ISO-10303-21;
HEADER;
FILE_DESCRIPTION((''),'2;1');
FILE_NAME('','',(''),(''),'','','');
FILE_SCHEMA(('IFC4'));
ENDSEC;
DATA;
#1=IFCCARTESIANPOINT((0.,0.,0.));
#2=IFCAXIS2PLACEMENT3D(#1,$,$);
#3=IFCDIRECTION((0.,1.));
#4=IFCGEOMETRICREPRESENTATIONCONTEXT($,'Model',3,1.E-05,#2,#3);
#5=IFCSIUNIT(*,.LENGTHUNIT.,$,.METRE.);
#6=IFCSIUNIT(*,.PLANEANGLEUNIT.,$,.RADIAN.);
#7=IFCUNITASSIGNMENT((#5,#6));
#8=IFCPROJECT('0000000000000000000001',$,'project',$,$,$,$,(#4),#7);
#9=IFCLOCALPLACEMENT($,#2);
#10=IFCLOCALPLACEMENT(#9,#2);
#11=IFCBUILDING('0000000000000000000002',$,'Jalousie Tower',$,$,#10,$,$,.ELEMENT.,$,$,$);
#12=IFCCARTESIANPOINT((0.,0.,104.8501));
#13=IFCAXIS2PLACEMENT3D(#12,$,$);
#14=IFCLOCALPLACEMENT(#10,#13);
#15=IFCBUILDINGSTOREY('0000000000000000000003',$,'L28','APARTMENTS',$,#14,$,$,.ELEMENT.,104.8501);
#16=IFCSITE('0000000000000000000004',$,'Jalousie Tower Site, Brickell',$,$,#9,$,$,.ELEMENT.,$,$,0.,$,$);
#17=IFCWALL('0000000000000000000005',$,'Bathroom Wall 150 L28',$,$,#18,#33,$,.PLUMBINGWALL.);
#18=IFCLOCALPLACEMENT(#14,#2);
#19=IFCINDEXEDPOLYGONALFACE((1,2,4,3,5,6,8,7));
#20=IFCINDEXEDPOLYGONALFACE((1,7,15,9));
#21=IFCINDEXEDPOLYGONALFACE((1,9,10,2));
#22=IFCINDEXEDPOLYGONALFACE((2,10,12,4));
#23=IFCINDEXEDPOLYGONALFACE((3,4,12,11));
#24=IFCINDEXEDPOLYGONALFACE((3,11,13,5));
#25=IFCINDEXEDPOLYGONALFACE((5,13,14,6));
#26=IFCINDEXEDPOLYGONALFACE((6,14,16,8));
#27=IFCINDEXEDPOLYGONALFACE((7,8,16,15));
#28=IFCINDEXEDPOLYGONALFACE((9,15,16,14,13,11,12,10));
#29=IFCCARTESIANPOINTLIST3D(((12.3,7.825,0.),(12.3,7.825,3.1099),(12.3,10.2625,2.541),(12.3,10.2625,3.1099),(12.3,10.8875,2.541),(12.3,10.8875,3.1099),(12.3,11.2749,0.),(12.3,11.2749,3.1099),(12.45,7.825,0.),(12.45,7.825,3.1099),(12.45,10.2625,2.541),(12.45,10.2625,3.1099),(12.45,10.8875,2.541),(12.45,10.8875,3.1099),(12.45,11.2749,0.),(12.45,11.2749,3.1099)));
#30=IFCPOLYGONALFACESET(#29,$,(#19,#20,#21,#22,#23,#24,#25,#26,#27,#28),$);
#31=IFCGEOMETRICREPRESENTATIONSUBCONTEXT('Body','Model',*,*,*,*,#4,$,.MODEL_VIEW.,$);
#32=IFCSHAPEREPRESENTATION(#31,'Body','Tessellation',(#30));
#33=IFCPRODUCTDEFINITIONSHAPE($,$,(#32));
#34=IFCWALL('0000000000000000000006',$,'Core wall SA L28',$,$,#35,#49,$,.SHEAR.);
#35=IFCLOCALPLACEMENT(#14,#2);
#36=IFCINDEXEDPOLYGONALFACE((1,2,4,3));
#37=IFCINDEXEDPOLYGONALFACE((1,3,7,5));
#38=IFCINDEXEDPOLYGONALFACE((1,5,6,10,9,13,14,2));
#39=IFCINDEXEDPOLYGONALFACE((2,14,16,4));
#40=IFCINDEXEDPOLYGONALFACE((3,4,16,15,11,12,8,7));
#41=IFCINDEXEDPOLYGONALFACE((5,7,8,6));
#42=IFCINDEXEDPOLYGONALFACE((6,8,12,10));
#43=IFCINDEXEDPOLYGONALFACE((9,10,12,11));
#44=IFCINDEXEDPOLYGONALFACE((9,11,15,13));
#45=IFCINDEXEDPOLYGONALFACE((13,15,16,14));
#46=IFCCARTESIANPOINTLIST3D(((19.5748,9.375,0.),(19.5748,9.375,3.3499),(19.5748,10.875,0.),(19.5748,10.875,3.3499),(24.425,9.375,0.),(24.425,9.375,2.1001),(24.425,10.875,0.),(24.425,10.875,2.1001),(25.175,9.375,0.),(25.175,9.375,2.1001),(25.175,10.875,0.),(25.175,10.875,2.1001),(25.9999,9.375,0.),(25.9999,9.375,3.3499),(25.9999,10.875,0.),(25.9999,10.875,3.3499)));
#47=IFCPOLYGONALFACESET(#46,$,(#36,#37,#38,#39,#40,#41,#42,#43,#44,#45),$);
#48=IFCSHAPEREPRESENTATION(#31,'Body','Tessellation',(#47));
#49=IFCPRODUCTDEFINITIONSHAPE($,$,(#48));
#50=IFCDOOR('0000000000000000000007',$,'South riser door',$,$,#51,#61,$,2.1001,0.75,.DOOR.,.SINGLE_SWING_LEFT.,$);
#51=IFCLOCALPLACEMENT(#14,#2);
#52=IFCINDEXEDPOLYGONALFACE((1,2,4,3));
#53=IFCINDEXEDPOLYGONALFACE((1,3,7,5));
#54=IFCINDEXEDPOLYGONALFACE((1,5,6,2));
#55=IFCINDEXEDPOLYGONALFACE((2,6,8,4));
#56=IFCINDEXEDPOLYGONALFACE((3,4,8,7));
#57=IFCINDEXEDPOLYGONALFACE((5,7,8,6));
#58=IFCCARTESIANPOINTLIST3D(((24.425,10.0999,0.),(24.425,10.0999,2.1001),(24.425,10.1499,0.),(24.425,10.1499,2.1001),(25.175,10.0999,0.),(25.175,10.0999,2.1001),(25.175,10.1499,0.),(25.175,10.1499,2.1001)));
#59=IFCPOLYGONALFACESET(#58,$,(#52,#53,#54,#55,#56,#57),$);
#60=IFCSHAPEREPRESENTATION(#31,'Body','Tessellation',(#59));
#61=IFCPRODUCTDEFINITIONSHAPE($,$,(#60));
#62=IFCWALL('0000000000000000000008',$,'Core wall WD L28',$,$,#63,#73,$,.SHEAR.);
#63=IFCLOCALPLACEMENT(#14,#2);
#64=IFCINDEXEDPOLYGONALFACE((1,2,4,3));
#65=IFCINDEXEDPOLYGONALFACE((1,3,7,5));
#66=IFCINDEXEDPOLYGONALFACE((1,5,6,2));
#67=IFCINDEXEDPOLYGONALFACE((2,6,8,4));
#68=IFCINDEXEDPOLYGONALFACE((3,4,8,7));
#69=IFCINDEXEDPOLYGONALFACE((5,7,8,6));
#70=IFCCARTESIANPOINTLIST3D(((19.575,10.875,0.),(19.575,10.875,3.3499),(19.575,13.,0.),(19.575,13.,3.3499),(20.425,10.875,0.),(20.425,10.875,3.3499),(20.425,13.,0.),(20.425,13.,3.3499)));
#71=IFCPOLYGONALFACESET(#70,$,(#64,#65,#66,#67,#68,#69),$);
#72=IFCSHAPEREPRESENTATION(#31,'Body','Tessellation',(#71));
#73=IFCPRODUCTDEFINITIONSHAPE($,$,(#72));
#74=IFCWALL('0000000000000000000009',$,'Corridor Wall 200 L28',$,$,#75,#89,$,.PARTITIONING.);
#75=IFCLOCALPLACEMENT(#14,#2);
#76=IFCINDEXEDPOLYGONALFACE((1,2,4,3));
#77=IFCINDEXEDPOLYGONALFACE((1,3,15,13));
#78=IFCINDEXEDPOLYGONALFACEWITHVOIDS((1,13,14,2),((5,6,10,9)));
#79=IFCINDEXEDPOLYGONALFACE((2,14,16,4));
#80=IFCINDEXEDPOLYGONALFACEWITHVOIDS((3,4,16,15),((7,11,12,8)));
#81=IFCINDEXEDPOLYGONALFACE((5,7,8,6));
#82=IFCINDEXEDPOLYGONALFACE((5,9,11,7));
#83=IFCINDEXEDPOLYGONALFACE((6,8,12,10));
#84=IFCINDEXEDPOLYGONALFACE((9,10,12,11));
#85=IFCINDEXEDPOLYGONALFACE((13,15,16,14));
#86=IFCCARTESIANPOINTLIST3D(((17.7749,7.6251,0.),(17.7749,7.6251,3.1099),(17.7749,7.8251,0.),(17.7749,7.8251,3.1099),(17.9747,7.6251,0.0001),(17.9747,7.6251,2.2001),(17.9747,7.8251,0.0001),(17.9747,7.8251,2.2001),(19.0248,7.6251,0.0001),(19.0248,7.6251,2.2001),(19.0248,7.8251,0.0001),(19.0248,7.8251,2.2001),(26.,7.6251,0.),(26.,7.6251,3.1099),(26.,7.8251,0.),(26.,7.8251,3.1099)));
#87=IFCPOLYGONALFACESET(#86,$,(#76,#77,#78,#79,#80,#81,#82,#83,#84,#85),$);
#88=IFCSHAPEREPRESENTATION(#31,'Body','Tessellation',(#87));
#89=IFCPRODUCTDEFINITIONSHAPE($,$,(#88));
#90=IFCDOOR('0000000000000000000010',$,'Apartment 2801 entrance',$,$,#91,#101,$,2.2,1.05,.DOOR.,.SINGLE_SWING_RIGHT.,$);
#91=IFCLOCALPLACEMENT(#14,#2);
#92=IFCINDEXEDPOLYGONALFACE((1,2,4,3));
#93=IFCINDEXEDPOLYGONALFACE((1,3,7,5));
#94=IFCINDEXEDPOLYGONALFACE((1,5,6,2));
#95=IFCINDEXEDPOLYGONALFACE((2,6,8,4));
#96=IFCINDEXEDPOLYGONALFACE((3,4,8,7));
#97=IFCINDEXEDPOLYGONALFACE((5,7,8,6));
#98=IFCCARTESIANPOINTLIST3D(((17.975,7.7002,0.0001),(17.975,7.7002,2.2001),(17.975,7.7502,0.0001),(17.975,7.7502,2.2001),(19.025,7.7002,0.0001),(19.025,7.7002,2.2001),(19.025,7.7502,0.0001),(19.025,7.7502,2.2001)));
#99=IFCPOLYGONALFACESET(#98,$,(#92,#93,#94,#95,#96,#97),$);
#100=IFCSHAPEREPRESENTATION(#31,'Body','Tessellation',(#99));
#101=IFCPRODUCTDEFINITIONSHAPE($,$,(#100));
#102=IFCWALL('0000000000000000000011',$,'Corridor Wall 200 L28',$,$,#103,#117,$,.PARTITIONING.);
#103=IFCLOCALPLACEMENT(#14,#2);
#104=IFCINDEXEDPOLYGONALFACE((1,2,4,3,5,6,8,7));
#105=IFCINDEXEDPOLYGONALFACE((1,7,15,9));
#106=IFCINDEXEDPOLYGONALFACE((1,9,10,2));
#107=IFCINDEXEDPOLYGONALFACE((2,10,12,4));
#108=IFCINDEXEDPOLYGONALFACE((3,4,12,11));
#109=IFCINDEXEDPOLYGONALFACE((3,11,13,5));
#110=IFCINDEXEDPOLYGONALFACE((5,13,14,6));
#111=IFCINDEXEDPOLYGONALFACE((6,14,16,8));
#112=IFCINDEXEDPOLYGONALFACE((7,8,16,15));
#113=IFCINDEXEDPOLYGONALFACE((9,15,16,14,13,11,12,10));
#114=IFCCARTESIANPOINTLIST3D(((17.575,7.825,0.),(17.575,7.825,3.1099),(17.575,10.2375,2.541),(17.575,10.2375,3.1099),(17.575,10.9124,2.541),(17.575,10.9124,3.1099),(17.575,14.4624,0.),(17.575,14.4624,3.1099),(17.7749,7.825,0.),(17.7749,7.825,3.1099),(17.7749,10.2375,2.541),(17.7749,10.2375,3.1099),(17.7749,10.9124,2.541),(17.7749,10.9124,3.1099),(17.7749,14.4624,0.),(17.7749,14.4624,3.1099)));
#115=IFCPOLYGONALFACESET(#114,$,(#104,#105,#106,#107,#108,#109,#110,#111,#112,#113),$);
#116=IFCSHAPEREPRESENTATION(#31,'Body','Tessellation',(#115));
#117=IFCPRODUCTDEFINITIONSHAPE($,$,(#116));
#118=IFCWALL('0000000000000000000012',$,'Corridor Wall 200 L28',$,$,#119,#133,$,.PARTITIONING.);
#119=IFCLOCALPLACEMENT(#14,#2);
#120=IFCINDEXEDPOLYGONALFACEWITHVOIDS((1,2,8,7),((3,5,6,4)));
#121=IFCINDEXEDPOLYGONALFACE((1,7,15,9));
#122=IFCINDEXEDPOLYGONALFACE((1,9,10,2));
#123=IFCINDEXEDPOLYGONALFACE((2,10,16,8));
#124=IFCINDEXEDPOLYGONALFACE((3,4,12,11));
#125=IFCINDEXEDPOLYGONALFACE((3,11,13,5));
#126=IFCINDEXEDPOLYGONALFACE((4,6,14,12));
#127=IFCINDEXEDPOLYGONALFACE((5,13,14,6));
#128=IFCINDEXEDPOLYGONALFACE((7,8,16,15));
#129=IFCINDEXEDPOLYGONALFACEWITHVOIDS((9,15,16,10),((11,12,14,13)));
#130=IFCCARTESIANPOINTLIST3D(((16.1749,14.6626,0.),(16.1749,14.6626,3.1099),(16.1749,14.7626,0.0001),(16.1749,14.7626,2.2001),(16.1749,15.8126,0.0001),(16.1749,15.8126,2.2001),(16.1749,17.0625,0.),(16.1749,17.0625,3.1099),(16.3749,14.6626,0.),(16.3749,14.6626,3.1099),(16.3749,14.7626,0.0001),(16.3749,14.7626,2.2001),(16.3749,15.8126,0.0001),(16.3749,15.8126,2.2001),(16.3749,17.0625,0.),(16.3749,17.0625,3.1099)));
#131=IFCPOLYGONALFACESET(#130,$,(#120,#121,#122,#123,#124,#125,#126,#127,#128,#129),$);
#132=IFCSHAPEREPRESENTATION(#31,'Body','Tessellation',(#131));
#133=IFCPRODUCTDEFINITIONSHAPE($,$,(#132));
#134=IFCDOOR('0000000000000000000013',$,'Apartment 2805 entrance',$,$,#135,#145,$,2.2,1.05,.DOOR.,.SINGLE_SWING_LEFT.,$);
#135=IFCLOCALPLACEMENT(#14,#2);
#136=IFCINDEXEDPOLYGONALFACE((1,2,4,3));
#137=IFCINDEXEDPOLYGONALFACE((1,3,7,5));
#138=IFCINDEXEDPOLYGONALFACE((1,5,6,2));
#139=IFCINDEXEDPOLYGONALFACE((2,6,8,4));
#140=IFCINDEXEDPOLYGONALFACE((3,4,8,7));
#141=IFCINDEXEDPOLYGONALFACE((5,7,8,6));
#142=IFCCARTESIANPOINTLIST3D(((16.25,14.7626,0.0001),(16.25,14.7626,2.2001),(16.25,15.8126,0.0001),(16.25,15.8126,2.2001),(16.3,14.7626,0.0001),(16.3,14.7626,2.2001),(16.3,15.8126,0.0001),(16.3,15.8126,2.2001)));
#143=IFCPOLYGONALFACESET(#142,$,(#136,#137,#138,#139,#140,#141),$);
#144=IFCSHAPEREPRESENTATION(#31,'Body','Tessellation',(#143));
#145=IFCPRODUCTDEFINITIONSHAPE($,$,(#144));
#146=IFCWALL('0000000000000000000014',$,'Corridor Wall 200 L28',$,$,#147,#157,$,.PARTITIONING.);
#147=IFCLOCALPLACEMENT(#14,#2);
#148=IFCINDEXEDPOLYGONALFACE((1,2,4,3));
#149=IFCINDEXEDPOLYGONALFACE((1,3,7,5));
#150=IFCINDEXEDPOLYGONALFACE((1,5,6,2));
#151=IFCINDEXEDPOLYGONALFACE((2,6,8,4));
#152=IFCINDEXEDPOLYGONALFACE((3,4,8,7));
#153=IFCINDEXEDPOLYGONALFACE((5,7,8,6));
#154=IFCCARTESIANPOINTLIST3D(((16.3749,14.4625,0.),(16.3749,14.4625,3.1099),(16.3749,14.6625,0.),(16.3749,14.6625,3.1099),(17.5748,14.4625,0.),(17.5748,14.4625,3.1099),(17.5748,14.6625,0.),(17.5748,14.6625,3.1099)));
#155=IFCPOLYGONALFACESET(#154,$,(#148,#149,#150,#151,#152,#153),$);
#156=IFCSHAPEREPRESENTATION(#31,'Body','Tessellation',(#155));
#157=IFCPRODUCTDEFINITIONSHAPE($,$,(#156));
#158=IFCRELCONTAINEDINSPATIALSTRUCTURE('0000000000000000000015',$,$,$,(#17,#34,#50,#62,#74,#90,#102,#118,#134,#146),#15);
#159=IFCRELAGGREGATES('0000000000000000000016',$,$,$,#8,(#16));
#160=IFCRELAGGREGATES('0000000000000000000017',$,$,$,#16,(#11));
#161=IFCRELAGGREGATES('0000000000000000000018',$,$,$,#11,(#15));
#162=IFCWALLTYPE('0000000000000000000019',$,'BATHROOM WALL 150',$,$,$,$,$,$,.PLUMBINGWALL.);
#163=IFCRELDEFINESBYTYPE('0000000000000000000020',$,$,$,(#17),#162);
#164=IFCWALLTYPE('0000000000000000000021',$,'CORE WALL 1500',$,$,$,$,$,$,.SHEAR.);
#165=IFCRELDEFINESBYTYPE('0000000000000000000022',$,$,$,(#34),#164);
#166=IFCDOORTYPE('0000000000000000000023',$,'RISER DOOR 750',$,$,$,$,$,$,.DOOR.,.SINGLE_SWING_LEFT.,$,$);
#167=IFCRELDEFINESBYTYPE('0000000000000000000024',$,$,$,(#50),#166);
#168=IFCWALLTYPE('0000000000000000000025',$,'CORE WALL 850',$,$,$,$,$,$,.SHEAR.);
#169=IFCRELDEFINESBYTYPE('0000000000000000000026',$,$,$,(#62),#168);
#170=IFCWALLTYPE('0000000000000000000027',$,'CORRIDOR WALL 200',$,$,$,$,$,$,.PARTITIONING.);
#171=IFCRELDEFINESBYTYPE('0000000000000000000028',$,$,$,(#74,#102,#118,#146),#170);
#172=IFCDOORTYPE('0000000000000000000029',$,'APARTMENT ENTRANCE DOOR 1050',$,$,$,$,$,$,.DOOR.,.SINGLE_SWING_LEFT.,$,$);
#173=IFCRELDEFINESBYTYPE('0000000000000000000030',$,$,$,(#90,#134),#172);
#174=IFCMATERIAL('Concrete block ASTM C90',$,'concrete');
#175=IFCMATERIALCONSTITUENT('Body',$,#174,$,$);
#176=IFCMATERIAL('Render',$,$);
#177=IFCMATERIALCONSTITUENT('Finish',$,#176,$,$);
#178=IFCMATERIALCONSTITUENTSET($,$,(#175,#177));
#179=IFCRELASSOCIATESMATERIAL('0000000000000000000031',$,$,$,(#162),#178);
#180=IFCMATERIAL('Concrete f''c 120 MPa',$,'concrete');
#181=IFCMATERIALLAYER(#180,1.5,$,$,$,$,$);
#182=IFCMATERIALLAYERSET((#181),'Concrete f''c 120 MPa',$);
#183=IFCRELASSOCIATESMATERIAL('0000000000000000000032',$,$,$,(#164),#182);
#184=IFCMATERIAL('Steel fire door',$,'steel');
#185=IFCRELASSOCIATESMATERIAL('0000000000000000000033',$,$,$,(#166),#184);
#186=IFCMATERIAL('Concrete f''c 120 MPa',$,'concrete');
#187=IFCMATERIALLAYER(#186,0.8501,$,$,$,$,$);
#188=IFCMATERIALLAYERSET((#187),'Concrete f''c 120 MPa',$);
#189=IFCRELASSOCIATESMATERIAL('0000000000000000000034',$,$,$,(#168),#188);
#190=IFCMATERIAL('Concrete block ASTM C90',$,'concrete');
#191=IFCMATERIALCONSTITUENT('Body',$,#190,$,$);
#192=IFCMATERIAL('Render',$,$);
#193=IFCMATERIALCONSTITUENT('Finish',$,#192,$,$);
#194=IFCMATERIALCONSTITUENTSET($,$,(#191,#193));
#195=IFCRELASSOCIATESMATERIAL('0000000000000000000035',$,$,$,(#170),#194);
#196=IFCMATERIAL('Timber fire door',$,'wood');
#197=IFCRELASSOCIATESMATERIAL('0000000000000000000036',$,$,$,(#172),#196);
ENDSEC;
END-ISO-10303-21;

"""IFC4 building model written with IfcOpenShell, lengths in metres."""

from ifc_helpers import new_model, si_unit, direction, frame, frame_2d, origin, place, context, subcontext, project, spatial, polyline, rectangle, outline, extrude, material, layer, layer_set, constituent, constituent_set, type_object, element, fill, save


model = new_model("IFC4")

# Units and contexts
model_context = context("Model", 3, precision=1e-05, world=origin(), true_north=direction((0.0, 1.0)))
body_context = subcontext(model_context, "Body", "Model", "MODEL_VIEW")
ifc_project = project(units=[si_unit("LENGTHUNIT", "METRE"), si_unit("PLANEANGLEUNIT", "RADIAN")], contexts=[model_context])

# Site, building, storey
site_placement = place(None, origin())
site = spatial("IfcSite", under=ifc_project, at=site_placement, Name="Jalousie Tower Site, Brickell", CompositionType="ELEMENT", RefElevation=0.0)
building_placement = place(site_placement, origin())
building = spatial("IfcBuilding", under=site, at=building_placement, Name="Jalousie Tower", CompositionType="ELEMENT")
storey_placement = place(building_placement, frame((0.0, 0.0, 104.8501)))
storey = spatial("IfcBuildingStorey", under=building, at=storey_placement, Name="L28", Description="APARTMENTS", CompositionType="ELEMENT", Elevation=104.8501)

# Wall
ifc_material_1 = material(Name="Concrete block ASTM C90", Category="concrete")
ifc_constituent_1 = constituent(ifc_material_1, Name="Body")
ifc_material_2 = material(Name="Render")
ifc_constituent_2 = constituent(ifc_material_2, Name="Finish")
ifc_constituent_set_1 = constituent_set(constituents=[ifc_constituent_1, ifc_constituent_2])
wall_type_1 = type_object("IfcWallType", Name="BATHROOM WALL 150", PredefinedType="PLUMBINGWALL", material=ifc_constituent_set_1)
wall_1_placement = place(storey_placement, frame((12.375, 7.825, 0.0), z_axis=(0.0, 0.0, 1.0), x_axis=(0.0, 1.0, 0.0)))
element("IfcWall", 1, at=wall_1_placement, inside=storey, type_object=wall_type_1, Name="Bathroom Wall 150 L28", PredefinedType="PLUMBINGWALL", context=body_context, shape_type="SweptSolid", body=[
    extrude(outline(polyline([(0.0, 0.0), (3.45, 0.0), (3.45, 3.1099), (3.0625, 3.1099), (3.0625, 2.541), (2.4375, 2.541), (2.4375, 3.1099), (0.0, 3.1099), (0.0, 0.0)])), frame((0.0, 0.075, 0.0), z_axis=(0.0, -1.0, 0.0), x_axis=(1.0, 0.0, 0.0)), (0.0, 0.0, 1.0), 0.1499),
])

# Wall, opening, door
ifc_material_3 = material(Name="Concrete f'c 120 MPa", Category="concrete")
ifc_layer_1 = layer(ifc_material_3, 1.5)
ifc_layer_set_1 = layer_set([ifc_layer_1], Name="Concrete f'c 120 MPa")
wall_type_2 = type_object("IfcWallType", Name="CORE WALL 1500", PredefinedType="SHEAR", material=ifc_layer_set_1)
wall_2_placement = place(storey_placement, frame((19.575, 10.125, 0.0), z_axis=(0.0, 0.0, 1.0), x_axis=(1.0, 0.0, 0.0)))
wall_2 = element("IfcWall", 2, at=wall_2_placement, inside=storey, type_object=wall_type_2, Name="Core wall SA L28", PredefinedType="SHEAR", context=body_context, shape_type="SweptSolid", body=[
    extrude(rectangle(XDim=6.425, YDim=1.5, at=frame_2d((3.2124, 0.0))), origin(), (0.0, 0.0, 1.0), 3.3499),
])
opening_1_placement = place(wall_2_placement, frame((4.8501, 0.0, 0.0)))
opening_1 = element("IfcOpeningElement", 3, at=opening_1_placement, cuts=wall_2, PredefinedType="OPENING", context=body_context, shape_type="SweptSolid", body=[
    extrude(rectangle(XDim=0.75, YDim=2.1001, at=frame_2d((0.375, 1.05))), frame((0.0, 0.76, 0.0), z_axis=(0.0, -1.0, 0.0), x_axis=(1.0, 0.0, 0.0)), (0.0, 0.0, 1.0), 1.52),
])
ifc_material_4 = material(Name="Steel fire door", Category="steel")
door_type_1 = type_object("IfcDoorType", Name="RISER DOOR 750", OperationType="SINGLE_SWING_LEFT", PredefinedType="DOOR", material=ifc_material_4)
door_1_placement = place(opening_1_placement, origin())
door_1 = element("IfcDoor", 4, at=door_1_placement, inside=storey, type_object=door_type_1, Name="South riser door", OperationType="SINGLE_SWING_LEFT", OverallHeight=2.1001, OverallWidth=0.75, PredefinedType="DOOR", context=body_context, shape_type="SweptSolid", body=[
    extrude(rectangle(XDim=0.75, YDim=2.1001, at=frame_2d((0.375, 1.05))), frame((0.0, 0.0249, 0.0), z_axis=(0.0, -1.0, 0.0), x_axis=(1.0, 0.0, 0.0)), (0.0, 0.0, 1.0), 0.05),
])
fill(opening_1, door_1)

# Wall
ifc_material_5 = material(Name="Concrete f'c 120 MPa", Category="concrete")
ifc_layer_2 = layer(ifc_material_5, 0.8501)
ifc_layer_set_2 = layer_set([ifc_layer_2], Name="Concrete f'c 120 MPa")
wall_type_3 = type_object("IfcWallType", Name="CORE WALL 850", PredefinedType="SHEAR", material=ifc_layer_set_2)
wall_3_placement = place(storey_placement, frame((20.0, 13.0, 0.0), z_axis=(0.0, 0.0, 1.0), x_axis=(0.0, -1.0, 0.0)))
element("IfcWall", 5, at=wall_3_placement, inside=storey, type_object=wall_type_3, Name="Core wall WD L28", PredefinedType="SHEAR", context=body_context, shape_type="SweptSolid", body=[
    extrude(rectangle(XDim=2.125, YDim=0.8501, at=frame_2d((1.0625, 0.0))), origin(), (0.0, 0.0, 1.0), 3.3499),
])

# Wall, opening, door
ifc_material_6 = material(Name="Concrete block ASTM C90", Category="concrete")
ifc_constituent_3 = constituent(ifc_material_6, Name="Body")
ifc_material_7 = material(Name="Render")
ifc_constituent_4 = constituent(ifc_material_7, Name="Finish")
ifc_constituent_set_2 = constituent_set(constituents=[ifc_constituent_3, ifc_constituent_4])
wall_type_4 = type_object("IfcWallType", Name="CORRIDOR WALL 200", PredefinedType="PARTITIONING", material=ifc_constituent_set_2)
wall_4_placement = place(storey_placement, frame((17.7749, 7.7251, 0.0), z_axis=(0.0, 0.0, 1.0), x_axis=(1.0, 0.0, 0.0)))
wall_4 = element("IfcWall", 6, at=wall_4_placement, inside=storey, type_object=wall_type_4, Name="Corridor Wall 200 L28", PredefinedType="PARTITIONING", context=body_context, shape_type="SweptSolid", body=[
    extrude(rectangle(XDim=8.2251, YDim=0.2, at=frame_2d((4.1125, 0.0))), origin(), (0.0, 0.0, 1.0), 3.1099),
])
opening_2_placement = place(wall_4_placement, frame((0.2, 0.0, 0.0)))
opening_2 = element("IfcOpeningElement", 7, at=opening_2_placement, cuts=wall_4, PredefinedType="OPENING", context=body_context, shape_type="SweptSolid", body=[
    extrude(rectangle(XDim=1.05, YDim=2.2, at=frame_2d((0.5249, 1.1001))), frame((0.0, 0.1099, 0.0), z_axis=(0.0, -1.0, 0.0), x_axis=(1.0, 0.0, 0.0)), (0.0, 0.0, 1.0), 0.22),
])
ifc_material_8 = material(Name="Timber fire door", Category="wood")
door_type_2 = type_object("IfcDoorType", Name="APARTMENT ENTRANCE DOOR 1050", OperationType="SINGLE_SWING_LEFT", PredefinedType="DOOR", material=ifc_material_8)
door_2_placement = place(opening_2_placement, frame((1.05, 0.0, 0.0), z_axis=(0.0, 0.0, 1.0), x_axis=(-1.0, 0.0, 0.0)))
door_2 = element("IfcDoor", 8, at=door_2_placement, inside=storey, type_object=door_type_2, Name="Apartment 2801 entrance", OperationType="SINGLE_SWING_RIGHT", OverallHeight=2.2, OverallWidth=1.05, PredefinedType="DOOR", context=body_context, shape_type="SweptSolid", body=[
    extrude(rectangle(XDim=1.05, YDim=2.2, at=frame_2d((0.5249, 1.1001))), frame((0.0, 0.0249, 0.0), z_axis=(0.0, -1.0, 0.0), x_axis=(1.0, 0.0, 0.0)), (0.0, 0.0, 1.0), 0.05),
])
fill(opening_2, door_2)

# Wall
wall_5_placement = place(storey_placement, frame((17.675, 7.825, 0.0), z_axis=(0.0, 0.0, 1.0), x_axis=(0.0, 1.0, 0.0)))
element("IfcWall", 9, at=wall_5_placement, inside=storey, type_object=wall_type_4, Name="Corridor Wall 200 L28", PredefinedType="PARTITIONING", context=body_context, shape_type="SweptSolid", body=[
    extrude(outline(polyline([(0.0, 0.0), (6.6375, 0.0), (6.6375, 3.1099), (3.0874, 3.1099), (3.0874, 2.541), (2.4126, 2.541), (2.4126, 3.1099), (0.0, 3.1099), (0.0, 0.0)])), frame((0.0, 0.1001, 0.0), z_axis=(0.0, -1.0, 0.0), x_axis=(1.0, 0.0, 0.0)), (0.0, 0.0, 1.0), 0.2),
])

# Wall, opening, door
wall_6_placement = place(storey_placement, frame((16.2749, 14.6626, 0.0), z_axis=(0.0, 0.0, 1.0), x_axis=(0.0, 1.0, 0.0)))
wall_6 = element("IfcWall", 10, at=wall_6_placement, inside=storey, type_object=wall_type_4, Name="Corridor Wall 200 L28", PredefinedType="PARTITIONING", context=body_context, shape_type="SweptSolid", body=[
    extrude(rectangle(XDim=2.3999, YDim=0.2, at=frame_2d((1.2, 0.0))), origin(), (0.0, 0.0, 1.0), 3.1099),
])
opening_3_placement = place(wall_6_placement, frame((0.1001, 0.0, 0.0)))
opening_3 = element("IfcOpeningElement", 11, at=opening_3_placement, cuts=wall_6, PredefinedType="OPENING", context=body_context, shape_type="SweptSolid", body=[
    extrude(rectangle(XDim=1.05, YDim=2.2, at=frame_2d((0.5249, 1.1001))), frame((0.0, 0.1099, 0.0), z_axis=(0.0, -1.0, 0.0), x_axis=(1.0, 0.0, 0.0)), (0.0, 0.0, 1.0), 0.22),
])
door_3_placement = place(opening_3_placement, origin())
door_3 = element("IfcDoor", 12, at=door_3_placement, inside=storey, type_object=door_type_2, Name="Apartment 2805 entrance", OperationType="SINGLE_SWING_LEFT", OverallHeight=2.2, OverallWidth=1.05, PredefinedType="DOOR", context=body_context, shape_type="SweptSolid", body=[
    extrude(rectangle(XDim=1.05, YDim=2.2, at=frame_2d((0.5249, 1.1001))), frame((0.0, 0.0249, 0.0), z_axis=(0.0, -1.0, 0.0), x_axis=(1.0, 0.0, 0.0)), (0.0, 0.0, 1.0), 0.05),
])
fill(opening_3, door_3)

# Wall
wall_7_placement = place(storey_placement, frame((17.575, 14.5625, 0.0), z_axis=(0.0, 0.0, 1.0), x_axis=(-1.0, 0.0, 0.0)))
element("IfcWall", 13, at=wall_7_placement, inside=storey, type_object=wall_type_4, Name="Corridor Wall 200 L28", PredefinedType="PARTITIONING", context=body_context, shape_type="SweptSolid", body=[
    extrude(rectangle(XDim=1.2, YDim=0.2, at=frame_2d((0.6001, 0.0))), origin(), (0.0, 0.0, 1.0), 3.1099),
])

save(model, "model.ifc")
